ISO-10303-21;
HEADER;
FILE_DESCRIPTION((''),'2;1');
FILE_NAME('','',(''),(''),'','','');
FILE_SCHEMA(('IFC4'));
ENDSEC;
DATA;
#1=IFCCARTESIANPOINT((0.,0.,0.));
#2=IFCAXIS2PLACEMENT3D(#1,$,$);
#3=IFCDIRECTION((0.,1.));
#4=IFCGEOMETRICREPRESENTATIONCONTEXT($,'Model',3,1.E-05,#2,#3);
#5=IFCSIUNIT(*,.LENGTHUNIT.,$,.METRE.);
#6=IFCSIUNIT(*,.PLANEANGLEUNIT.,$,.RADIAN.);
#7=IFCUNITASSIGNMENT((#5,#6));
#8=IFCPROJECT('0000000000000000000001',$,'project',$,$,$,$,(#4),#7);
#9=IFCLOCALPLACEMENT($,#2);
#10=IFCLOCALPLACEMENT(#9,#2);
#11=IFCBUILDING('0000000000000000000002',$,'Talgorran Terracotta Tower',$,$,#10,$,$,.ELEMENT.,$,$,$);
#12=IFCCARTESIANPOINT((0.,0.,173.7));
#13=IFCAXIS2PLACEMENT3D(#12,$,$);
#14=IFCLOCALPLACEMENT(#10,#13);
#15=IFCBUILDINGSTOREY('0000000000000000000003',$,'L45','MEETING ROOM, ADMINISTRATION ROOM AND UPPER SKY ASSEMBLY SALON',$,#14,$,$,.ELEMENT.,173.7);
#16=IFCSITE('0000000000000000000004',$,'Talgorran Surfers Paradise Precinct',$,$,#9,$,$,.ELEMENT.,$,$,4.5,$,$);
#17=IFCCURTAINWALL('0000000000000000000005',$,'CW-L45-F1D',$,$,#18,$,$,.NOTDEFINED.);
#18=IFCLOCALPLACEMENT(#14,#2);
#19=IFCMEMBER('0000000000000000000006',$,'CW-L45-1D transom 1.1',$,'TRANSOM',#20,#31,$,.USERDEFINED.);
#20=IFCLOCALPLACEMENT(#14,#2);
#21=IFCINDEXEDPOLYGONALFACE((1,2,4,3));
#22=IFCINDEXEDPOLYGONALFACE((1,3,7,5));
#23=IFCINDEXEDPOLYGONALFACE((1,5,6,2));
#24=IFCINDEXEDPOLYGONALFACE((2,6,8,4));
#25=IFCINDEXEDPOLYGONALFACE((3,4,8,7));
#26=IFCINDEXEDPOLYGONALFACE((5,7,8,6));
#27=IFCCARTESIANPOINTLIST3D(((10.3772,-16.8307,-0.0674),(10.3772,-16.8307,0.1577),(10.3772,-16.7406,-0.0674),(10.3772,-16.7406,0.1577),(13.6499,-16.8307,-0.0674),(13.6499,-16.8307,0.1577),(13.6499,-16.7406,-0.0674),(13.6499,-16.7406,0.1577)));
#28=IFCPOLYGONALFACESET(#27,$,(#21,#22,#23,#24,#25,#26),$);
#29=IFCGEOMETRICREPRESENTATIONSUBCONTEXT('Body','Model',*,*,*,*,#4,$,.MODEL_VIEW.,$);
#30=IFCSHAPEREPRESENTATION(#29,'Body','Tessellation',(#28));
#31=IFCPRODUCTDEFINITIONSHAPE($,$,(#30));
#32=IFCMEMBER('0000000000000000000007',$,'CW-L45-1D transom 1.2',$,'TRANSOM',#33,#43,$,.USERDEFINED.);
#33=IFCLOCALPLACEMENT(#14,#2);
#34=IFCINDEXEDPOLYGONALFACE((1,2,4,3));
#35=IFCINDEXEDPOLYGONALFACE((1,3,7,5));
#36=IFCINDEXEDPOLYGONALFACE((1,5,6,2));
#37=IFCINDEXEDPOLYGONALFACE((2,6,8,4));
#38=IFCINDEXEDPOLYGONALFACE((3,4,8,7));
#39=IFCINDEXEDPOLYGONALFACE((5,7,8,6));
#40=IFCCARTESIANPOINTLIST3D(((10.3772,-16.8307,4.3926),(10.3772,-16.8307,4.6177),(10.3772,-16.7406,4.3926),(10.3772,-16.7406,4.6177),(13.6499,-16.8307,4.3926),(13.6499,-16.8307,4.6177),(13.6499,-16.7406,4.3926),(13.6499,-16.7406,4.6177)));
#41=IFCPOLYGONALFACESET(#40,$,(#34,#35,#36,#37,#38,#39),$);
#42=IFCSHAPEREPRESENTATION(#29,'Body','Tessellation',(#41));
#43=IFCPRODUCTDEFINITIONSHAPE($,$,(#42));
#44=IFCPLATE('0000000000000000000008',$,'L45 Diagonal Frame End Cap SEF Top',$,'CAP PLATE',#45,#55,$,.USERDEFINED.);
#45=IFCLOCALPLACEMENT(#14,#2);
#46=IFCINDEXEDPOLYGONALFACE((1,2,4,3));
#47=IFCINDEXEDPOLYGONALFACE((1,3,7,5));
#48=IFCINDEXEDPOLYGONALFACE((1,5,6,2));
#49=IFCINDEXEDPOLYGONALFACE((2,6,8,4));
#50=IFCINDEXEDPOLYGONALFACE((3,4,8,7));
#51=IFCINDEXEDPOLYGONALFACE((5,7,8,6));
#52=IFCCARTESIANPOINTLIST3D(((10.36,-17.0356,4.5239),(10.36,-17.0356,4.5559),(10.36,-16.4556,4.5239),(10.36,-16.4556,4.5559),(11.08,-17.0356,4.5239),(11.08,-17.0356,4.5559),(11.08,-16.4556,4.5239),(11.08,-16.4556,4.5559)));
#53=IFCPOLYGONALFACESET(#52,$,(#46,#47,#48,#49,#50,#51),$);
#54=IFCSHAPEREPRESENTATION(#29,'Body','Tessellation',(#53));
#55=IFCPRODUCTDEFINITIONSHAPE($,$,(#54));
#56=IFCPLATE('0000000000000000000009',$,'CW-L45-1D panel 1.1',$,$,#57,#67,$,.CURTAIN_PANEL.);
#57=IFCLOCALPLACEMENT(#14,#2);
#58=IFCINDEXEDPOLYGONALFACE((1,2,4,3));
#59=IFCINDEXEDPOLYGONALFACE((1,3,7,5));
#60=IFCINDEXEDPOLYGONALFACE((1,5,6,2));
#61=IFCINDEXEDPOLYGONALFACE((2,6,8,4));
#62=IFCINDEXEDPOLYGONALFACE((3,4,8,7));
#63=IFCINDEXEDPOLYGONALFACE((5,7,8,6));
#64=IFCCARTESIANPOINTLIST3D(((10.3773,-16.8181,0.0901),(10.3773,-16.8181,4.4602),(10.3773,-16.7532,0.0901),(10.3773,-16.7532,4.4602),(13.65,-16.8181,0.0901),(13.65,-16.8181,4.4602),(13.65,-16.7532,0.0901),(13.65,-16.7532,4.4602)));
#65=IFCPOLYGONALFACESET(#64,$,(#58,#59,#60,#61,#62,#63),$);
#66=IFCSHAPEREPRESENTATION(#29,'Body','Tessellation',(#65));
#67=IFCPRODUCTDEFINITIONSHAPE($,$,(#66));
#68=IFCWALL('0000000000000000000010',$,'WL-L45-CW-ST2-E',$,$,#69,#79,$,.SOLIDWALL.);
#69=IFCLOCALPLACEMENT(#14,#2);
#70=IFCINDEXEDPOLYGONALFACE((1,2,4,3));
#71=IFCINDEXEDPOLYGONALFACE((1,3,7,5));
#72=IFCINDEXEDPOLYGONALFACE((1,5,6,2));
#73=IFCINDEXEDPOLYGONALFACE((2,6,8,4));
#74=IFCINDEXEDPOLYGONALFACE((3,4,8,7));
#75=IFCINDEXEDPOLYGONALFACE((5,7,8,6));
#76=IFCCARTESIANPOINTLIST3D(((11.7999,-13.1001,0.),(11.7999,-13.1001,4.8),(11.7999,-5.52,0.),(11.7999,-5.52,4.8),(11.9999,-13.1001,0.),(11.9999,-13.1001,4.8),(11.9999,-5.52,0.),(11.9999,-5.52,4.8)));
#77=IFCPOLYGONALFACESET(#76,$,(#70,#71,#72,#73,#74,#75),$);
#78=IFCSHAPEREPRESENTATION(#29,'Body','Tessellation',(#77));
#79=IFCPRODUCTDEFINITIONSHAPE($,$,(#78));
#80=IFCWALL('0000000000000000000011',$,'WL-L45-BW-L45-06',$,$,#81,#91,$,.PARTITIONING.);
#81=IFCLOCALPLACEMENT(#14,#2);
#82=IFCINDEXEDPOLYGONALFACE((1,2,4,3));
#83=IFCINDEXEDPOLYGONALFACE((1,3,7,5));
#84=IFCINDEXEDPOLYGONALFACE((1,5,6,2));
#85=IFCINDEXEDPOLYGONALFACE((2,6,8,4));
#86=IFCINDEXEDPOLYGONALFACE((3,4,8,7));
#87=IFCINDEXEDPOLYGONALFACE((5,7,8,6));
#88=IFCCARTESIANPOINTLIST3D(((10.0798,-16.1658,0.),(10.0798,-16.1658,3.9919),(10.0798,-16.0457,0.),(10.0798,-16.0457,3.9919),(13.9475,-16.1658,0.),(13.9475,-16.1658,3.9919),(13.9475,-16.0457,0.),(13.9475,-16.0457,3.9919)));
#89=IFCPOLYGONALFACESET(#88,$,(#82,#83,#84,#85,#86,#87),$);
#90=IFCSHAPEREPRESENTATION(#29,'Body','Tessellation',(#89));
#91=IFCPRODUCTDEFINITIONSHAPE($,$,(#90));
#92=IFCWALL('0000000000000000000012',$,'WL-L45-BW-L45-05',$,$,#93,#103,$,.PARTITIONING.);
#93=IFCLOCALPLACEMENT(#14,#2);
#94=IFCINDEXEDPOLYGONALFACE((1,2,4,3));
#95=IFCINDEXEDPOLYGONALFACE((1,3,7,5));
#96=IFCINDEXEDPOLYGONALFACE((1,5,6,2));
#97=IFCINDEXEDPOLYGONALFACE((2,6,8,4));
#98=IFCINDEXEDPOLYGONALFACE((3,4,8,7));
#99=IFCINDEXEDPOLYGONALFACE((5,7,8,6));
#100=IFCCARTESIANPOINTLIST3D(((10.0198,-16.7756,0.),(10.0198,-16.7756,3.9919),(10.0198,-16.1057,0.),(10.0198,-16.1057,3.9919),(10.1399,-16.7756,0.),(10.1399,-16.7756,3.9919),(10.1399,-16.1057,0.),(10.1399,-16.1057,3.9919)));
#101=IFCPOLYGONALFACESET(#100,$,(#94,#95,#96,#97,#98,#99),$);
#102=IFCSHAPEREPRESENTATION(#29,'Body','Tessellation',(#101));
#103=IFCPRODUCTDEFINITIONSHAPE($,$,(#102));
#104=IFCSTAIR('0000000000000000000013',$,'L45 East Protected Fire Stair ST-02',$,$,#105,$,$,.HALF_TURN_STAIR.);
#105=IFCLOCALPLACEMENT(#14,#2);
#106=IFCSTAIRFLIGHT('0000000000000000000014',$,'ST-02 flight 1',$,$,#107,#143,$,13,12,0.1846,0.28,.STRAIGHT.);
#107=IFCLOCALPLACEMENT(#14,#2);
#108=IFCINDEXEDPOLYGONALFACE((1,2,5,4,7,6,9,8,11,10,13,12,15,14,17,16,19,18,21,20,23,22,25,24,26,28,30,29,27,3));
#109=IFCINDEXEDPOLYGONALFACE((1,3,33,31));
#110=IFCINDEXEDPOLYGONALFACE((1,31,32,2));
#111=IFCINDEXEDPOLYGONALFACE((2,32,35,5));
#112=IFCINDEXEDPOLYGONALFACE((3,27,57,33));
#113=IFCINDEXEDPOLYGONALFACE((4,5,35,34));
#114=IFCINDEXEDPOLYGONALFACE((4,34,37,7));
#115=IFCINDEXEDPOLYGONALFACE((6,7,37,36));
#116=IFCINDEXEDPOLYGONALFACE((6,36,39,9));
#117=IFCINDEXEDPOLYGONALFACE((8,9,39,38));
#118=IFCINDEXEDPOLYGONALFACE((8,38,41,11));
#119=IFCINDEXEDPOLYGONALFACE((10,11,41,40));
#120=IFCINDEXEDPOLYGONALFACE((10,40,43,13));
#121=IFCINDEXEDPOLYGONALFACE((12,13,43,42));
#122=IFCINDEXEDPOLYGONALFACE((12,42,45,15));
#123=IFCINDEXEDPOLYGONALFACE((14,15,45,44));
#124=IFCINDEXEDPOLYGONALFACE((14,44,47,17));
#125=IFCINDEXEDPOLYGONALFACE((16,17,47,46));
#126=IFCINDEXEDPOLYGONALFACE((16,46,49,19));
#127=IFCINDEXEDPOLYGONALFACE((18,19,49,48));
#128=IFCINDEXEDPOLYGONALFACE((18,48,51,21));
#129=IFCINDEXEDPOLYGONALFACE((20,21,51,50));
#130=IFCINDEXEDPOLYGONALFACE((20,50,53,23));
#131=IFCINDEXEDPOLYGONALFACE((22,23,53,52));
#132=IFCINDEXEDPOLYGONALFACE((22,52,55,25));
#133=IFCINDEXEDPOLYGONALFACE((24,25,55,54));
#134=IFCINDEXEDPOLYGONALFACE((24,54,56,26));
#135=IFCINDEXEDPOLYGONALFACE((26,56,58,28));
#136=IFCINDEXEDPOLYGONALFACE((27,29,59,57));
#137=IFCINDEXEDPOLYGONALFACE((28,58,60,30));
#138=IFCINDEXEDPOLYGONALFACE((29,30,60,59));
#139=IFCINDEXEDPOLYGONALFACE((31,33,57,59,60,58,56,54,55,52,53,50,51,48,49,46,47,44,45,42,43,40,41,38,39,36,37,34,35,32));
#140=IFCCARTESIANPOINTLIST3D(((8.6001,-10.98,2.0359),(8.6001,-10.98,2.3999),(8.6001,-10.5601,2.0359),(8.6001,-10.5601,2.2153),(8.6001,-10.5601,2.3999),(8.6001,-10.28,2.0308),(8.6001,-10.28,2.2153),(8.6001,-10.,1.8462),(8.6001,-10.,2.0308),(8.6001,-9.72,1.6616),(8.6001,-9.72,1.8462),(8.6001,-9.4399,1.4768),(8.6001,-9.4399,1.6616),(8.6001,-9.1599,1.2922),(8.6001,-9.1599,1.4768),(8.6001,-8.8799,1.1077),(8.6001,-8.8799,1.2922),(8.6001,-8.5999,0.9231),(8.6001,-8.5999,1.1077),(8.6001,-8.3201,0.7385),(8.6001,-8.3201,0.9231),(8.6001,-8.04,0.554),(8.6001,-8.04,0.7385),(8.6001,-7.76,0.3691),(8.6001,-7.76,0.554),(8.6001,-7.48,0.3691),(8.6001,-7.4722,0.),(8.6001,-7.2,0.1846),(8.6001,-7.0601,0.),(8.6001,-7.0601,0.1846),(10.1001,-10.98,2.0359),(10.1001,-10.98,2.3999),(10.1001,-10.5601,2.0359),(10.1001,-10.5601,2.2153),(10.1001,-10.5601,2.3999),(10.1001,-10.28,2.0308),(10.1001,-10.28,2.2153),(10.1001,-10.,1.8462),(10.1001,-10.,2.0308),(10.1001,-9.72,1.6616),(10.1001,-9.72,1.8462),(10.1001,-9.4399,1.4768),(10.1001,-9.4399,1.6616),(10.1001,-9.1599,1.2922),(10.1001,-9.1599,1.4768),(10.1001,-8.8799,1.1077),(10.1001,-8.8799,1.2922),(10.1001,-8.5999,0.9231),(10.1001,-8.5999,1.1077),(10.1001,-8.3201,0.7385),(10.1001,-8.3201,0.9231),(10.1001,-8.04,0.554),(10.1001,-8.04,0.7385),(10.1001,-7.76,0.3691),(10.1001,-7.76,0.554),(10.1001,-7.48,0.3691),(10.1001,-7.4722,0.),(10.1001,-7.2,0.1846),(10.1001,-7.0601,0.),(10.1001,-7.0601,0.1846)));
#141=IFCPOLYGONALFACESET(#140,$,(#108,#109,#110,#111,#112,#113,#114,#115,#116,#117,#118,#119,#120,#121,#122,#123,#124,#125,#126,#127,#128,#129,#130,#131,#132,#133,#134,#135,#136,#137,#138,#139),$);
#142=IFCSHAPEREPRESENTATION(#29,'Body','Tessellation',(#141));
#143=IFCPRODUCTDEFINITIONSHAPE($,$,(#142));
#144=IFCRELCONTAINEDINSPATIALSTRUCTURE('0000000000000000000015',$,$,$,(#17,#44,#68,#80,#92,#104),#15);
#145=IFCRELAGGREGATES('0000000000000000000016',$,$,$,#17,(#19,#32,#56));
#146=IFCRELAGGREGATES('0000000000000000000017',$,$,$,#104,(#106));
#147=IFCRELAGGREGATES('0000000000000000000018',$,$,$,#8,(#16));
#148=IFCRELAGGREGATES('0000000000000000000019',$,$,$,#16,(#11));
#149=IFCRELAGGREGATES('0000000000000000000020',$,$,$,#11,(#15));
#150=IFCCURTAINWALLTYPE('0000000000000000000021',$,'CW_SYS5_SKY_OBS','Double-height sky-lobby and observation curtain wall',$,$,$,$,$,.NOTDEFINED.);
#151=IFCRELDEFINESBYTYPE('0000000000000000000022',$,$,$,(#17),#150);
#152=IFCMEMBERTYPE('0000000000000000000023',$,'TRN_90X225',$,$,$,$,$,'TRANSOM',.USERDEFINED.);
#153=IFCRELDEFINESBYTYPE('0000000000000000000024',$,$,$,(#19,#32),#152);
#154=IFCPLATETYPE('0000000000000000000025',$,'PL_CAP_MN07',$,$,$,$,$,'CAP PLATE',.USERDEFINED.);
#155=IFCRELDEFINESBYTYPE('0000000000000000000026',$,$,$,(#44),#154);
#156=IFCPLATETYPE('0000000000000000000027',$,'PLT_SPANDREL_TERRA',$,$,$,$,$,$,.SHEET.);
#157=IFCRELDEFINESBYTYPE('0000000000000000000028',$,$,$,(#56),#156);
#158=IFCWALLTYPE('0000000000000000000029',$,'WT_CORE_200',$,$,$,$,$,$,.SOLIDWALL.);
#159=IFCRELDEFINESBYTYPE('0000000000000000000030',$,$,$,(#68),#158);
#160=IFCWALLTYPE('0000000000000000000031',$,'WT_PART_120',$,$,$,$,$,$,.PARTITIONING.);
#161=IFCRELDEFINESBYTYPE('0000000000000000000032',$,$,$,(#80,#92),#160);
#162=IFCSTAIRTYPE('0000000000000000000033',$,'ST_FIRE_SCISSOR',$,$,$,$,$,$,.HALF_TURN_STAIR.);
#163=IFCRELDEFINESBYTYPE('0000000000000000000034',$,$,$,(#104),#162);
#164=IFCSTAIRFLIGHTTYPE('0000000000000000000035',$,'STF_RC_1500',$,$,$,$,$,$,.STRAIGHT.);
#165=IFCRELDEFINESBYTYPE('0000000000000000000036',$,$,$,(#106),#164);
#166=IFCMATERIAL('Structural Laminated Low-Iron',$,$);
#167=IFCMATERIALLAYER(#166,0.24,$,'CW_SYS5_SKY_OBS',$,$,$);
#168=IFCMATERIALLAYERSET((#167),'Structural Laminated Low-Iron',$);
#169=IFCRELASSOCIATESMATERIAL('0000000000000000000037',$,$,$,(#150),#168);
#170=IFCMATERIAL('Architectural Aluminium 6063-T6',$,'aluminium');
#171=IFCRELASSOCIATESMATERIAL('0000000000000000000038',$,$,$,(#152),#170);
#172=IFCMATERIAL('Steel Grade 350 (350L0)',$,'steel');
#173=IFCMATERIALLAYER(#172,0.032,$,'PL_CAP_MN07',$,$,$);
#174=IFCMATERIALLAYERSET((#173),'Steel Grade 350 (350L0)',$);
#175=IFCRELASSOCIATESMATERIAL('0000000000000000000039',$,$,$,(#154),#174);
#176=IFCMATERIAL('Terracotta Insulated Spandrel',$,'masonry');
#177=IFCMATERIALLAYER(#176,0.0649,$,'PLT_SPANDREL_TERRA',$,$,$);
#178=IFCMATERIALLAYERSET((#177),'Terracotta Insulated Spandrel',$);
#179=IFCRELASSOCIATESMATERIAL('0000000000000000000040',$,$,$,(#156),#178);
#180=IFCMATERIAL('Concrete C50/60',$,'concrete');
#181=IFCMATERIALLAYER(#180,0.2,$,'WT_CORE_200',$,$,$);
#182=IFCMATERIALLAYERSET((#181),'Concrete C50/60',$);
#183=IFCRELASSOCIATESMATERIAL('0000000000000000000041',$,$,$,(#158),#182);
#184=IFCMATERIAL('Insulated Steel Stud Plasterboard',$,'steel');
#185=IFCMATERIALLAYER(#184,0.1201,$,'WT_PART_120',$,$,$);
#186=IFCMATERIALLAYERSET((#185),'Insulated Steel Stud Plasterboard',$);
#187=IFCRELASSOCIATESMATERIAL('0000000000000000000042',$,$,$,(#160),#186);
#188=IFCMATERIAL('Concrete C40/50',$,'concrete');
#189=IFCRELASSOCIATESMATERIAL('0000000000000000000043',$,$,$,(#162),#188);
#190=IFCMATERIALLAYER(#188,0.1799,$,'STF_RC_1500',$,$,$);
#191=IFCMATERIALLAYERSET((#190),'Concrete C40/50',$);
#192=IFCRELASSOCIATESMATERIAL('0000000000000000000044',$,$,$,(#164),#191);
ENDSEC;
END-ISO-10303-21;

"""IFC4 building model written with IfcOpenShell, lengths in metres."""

from ifc_helpers import new_model, si_unit, direction, frame, frame_2d, origin, origin_2d, place, context, subcontext, project, spatial, polyline, rectangle, outline, extrude, source, transform, mapped, material, layer, layer_set, material_profile, profile_set, type_object, type_shapes, element, aggregate, save


model = new_model("IFC4")

# Units and contexts
model_context = context("Model", 3, precision=1e-05, world=origin(), true_north=direction((0.0, 1.0)))
body_context = subcontext(model_context, "Body", "Model", "MODEL_VIEW")
ifc_project = project(units=[si_unit("LENGTHUNIT", "METRE"), si_unit("PLANEANGLEUNIT", "RADIAN")], contexts=[model_context])

# Site, building, storey
site_placement = place(None, origin())
site = spatial("IfcSite", under=ifc_project, at=site_placement, Name="Talgorran Surfers Paradise Precinct", CompositionType="ELEMENT", RefElevation=4.5)
building_placement = place(site_placement, origin())
building = spatial("IfcBuilding", under=site, at=building_placement, Name="Talgorran Terracotta Tower", CompositionType="ELEMENT")
storey_placement = place(building_placement, frame((0.0, 0.0, 173.7)))
storey = spatial("IfcBuildingStorey", under=building, at=storey_placement, Name="L45", Description="MEETING ROOM, ADMINISTRATION ROOM AND UPPER SKY ASSEMBLY SALON", CompositionType="ELEMENT", Elevation=173.7)

# Shared definitions
ifc_material_1 = material(Name="Steel Grade 350 (350L0)", Category="steel")

# Shared definitions
ifc_material_2 = material(Name="Structural Laminated Low-Iron")
ifc_layer_1 = layer(ifc_material_2, 0.24, Name="CW_SYS5_SKY_OBS")
ifc_layer_set_1 = layer_set([ifc_layer_1], Name="Structural Laminated Low-Iron")
curtain_wall_type = type_object("IfcCurtainWallType", Name="CW_SYS5_SKY_OBS", Description="Double-height sky-lobby and observation curtain wall", PredefinedType="NOTDEFINED", material=ifc_layer_set_1)
ifc_material_3 = material(Name="Architectural Aluminium 6063-T6", Category="aluminium")

# Curtain wall, members
curtain_wall_1_placement = place(storey_placement, origin())
curtain_wall_1 = element("IfcCurtainWall", 1, at=curtain_wall_1_placement, inside=storey, type_object=curtain_wall_type, Name="CW-L45-F1D", PredefinedType="NOTDEFINED")
ifc_material_profile_1 = material_profile(ifc_material_3, rectangle(XDim=0.0901, YDim=0.2251, at=origin_2d()), Name="CWT90X225")
ifc_profile_set_1 = profile_set([ifc_material_profile_1], Name="Architectural Aluminium 6063-T6")
member_type_1 = type_object("IfcMemberType", Name="TRN_90X225", ElementType="TRANSOM", PredefinedType="USERDEFINED", material=ifc_profile_set_1)
member_1_placement = place(storey_placement, frame((10.3772, -16.7856, 0.0452), z_axis=(1.0, 0.0, 0.0), x_axis=(0.0, 1.0, 0.0)))
member_1 = element("IfcMember", 2, at=member_1_placement, type_object=member_type_1, Name="CW-L45-1D transom 1.1", ObjectType="TRANSOM", PredefinedType="USERDEFINED", context=body_context, shape_type="SweptSolid", body=[
    extrude(rectangle(XDim=0.0901, YDim=0.2251, at=origin_2d()), origin(), (0.0, 0.0, 1.0), 3.2727),
])
member_2_placement = place(storey_placement, frame((10.3772, -16.7856, 4.5051), z_axis=(1.0, 0.0, 0.0), x_axis=(0.0, 1.0, 0.0)))
member_2 = element("IfcMember", 3, at=member_2_placement, type_object=member_type_1, Name="CW-L45-1D transom 1.2", ObjectType="TRANSOM", PredefinedType="USERDEFINED", context=body_context, shape_type="SweptSolid", body=[
    extrude(rectangle(XDim=0.0901, YDim=0.2251, at=origin_2d()), origin(), (0.0, 0.0, 1.0), 3.2727),
])

# Plates
ifc_layer_2 = layer(ifc_material_1, 0.032, Name="PL_CAP_MN07")
ifc_layer_set_2 = layer_set([ifc_layer_2], Name="Steel Grade 350 (350L0)")
plate_type_1 = type_object("IfcPlateType", Name="PL_CAP_MN07", ElementType="CAP PLATE", PredefinedType="USERDEFINED", material=ifc_layer_set_2)
plate_1_placement = place(storey_placement, frame((10.72, -16.7456, 4.5239), z_axis=(0.0, 0.0, 1.0), x_axis=(-1.0, 0.0, 0.0)))
element("IfcPlate", 4, at=plate_1_placement, inside=storey, type_object=plate_type_1, Name="L45 Diagonal Frame End Cap SEF Top", ObjectType="CAP PLATE", PredefinedType="USERDEFINED", context=body_context, shape_type="SweptSolid", body=[
    extrude(rectangle(XDim=0.72, YDim=0.5801, at=origin_2d()), origin(), (0.0, 0.0, 1.0), 0.032),
])
ifc_material_4 = material(Name="Terracotta Insulated Spandrel", Category="masonry")
ifc_layer_3 = layer(ifc_material_4, 0.0649, Name="PLT_SPANDREL_TERRA")
ifc_layer_set_3 = layer_set([ifc_layer_3], Name="Terracotta Insulated Spandrel")
plate_type_2 = type_object("IfcPlateType", Name="PLT_SPANDREL_TERRA", PredefinedType="SHEET", material=ifc_layer_set_3)
shared_shape = source(origin(), body_context, "Body", "SweptSolid", [
    extrude(rectangle(XDim=3.2727, YDim=0.0649, at=origin_2d()), origin(), (0.0, 0.0, 1.0), 4.3701),
])
type_shapes(plate_type_2, [shared_shape])
plate_2_placement = place(storey_placement, frame((12.0137, -16.7856, 0.0901), z_axis=(0.0, 0.0, 1.0), x_axis=(1.0, 0.0, 0.0)))
plate_2 = element("IfcPlate", 5, at=plate_2_placement, type_object=plate_type_2, Name="CW-L45-1D panel 1.1", PredefinedType="CURTAIN_PANEL", context=body_context, shape_type="MappedRepresentation", body=[
    mapped(shared_shape, transform((0.0, 0.0, 0.0), scale=1.0)),
])
aggregate(curtain_wall_1, [member_1, member_2, plate_2])

# Walls
ifc_material_5 = material(Name="Concrete C50/60", Category="concrete")
ifc_layer_4 = layer(ifc_material_5, 0.2, Name="WT_CORE_200")
ifc_layer_set_4 = layer_set([ifc_layer_4], Name="Concrete C50/60")
wall_type_1 = type_object("IfcWallType", Name="WT_CORE_200", PredefinedType="SOLIDWALL", material=ifc_layer_set_4)
wall_1_placement = place(storey_placement, frame((11.8999, -13.1001, 0.0), z_axis=(0.0, 0.0, 1.0), x_axis=(0.0, 1.0, 0.0)))
element("IfcWall", 6, at=wall_1_placement, inside=storey, type_object=wall_type_1, Name="WL-L45-CW-ST2-E", PredefinedType="SOLIDWALL", context=body_context, shape_type="SweptSolid", body=[
    extrude(rectangle(XDim=7.5801, YDim=0.2, at=frame_2d((3.79, 0.0))), origin(), (0.0, 0.0, 1.0), 4.8),
])
ifc_material_6 = material(Name="Insulated Steel Stud Plasterboard", Category="steel")
ifc_layer_5 = layer(ifc_material_6, 0.1201, Name="WT_PART_120")
ifc_layer_set_5 = layer_set([ifc_layer_5], Name="Insulated Steel Stud Plasterboard")
wall_type_2 = type_object("IfcWallType", Name="WT_PART_120", PredefinedType="PARTITIONING", material=ifc_layer_set_5)
wall_2_placement = place(storey_placement, frame((10.0798, -16.1057, 0.0), z_axis=(0.0, 0.0, 1.0), x_axis=(1.0, 0.0, 0.0)))
element("IfcWall", 7, at=wall_2_placement, inside=storey, type_object=wall_type_2, Name="WL-L45-BW-L45-06", PredefinedType="PARTITIONING", context=body_context, shape_type="SweptSolid", body=[
    extrude(rectangle(XDim=3.8677, YDim=0.1201, at=frame_2d((1.9338, 0.0))), origin(), (0.0, 0.0, 1.0), 3.9919),
])
wall_3_placement = place(storey_placement, frame((10.0798, -16.7756, 0.0), z_axis=(0.0, 0.0, 1.0), x_axis=(0.0, 1.0, 0.0)))
element("IfcWall", 8, at=wall_3_placement, inside=storey, type_object=wall_type_2, Name="WL-L45-BW-L45-05", PredefinedType="PARTITIONING", context=body_context, shape_type="SweptSolid", body=[
    extrude(rectangle(XDim=0.6699, YDim=0.1201, at=frame_2d((0.335, 0.0))), origin(), (0.0, 0.0, 1.0), 3.9919),
])

# Stair, stair flight
ifc_material_7 = material(Name="Concrete C40/50", Category="concrete")
stair_type = type_object("IfcStairType", Name="ST_FIRE_SCISSOR", PredefinedType="HALF_TURN_STAIR", material=ifc_material_7)
stair_placement = place(storey_placement, origin())
stair = element("IfcStair", 9, at=stair_placement, inside=storey, type_object=stair_type, Name="L45 East Protected Fire Stair ST-02", PredefinedType="HALF_TURN_STAIR")
ifc_layer_6 = layer(ifc_material_7, 0.1799, Name="STF_RC_1500")
ifc_layer_set_6 = layer_set([ifc_layer_6], Name="Concrete C40/50")
stair_flight_type = type_object("IfcStairFlightType", Name="STF_RC_1500", PredefinedType="STRAIGHT", material=ifc_layer_set_6)
stair_flight_1_placement = place(storey_placement, frame((9.3501, -7.2, 0.0), z_axis=(0.0, 0.0, 1.0), x_axis=(0.0, -1.0, 0.0)))
stair_flight_1 = element("IfcStairFlight", 10, at=stair_flight_1_placement, type_object=stair_flight_type, Name="ST-02 flight 1", NumberOfRisers=13, NumberOfTreads=12, PredefinedType="STRAIGHT", RiserHeight=0.1846, TreadLength=0.28, context=body_context, shape_type="SweptSolid", body=[
    extrude(outline(polyline([(-0.1399, 0.0), (-0.1399, 0.1846), (0.0, 0.1846), (0.28, 0.3691), (0.5601, 0.3691), (0.5601, 0.554), (0.8401, 0.554), (0.8401, 0.7385), (1.1201, 0.7385), (1.1201, 0.9231), (1.3999, 0.9231), (1.3999, 1.1077), (1.6799, 1.1077), (1.6799, 1.2922), (1.96, 1.2922), (1.96, 1.4768), (2.24, 1.4768), (2.24, 1.6616), (2.52, 1.6616), (2.52, 1.8462), (2.8, 1.8462), (2.8, 2.0308), (3.0801, 2.0308), (3.0801, 2.2153), (3.3601, 2.2153), (3.3601, 2.3999), (3.78, 2.3999), (3.78, 2.0359), (3.3601, 2.0359), (0.2722, 0.0), (-0.1399, 0.0)])), frame((0.0, 0.75, 0.0), z_axis=(0.0, -1.0, 0.0), x_axis=(1.0, 0.0, 0.0)), (0.0, 0.0, 1.0), 1.5),
])
aggregate(stair, [stair_flight_1])

save(model, "model.ifc")
